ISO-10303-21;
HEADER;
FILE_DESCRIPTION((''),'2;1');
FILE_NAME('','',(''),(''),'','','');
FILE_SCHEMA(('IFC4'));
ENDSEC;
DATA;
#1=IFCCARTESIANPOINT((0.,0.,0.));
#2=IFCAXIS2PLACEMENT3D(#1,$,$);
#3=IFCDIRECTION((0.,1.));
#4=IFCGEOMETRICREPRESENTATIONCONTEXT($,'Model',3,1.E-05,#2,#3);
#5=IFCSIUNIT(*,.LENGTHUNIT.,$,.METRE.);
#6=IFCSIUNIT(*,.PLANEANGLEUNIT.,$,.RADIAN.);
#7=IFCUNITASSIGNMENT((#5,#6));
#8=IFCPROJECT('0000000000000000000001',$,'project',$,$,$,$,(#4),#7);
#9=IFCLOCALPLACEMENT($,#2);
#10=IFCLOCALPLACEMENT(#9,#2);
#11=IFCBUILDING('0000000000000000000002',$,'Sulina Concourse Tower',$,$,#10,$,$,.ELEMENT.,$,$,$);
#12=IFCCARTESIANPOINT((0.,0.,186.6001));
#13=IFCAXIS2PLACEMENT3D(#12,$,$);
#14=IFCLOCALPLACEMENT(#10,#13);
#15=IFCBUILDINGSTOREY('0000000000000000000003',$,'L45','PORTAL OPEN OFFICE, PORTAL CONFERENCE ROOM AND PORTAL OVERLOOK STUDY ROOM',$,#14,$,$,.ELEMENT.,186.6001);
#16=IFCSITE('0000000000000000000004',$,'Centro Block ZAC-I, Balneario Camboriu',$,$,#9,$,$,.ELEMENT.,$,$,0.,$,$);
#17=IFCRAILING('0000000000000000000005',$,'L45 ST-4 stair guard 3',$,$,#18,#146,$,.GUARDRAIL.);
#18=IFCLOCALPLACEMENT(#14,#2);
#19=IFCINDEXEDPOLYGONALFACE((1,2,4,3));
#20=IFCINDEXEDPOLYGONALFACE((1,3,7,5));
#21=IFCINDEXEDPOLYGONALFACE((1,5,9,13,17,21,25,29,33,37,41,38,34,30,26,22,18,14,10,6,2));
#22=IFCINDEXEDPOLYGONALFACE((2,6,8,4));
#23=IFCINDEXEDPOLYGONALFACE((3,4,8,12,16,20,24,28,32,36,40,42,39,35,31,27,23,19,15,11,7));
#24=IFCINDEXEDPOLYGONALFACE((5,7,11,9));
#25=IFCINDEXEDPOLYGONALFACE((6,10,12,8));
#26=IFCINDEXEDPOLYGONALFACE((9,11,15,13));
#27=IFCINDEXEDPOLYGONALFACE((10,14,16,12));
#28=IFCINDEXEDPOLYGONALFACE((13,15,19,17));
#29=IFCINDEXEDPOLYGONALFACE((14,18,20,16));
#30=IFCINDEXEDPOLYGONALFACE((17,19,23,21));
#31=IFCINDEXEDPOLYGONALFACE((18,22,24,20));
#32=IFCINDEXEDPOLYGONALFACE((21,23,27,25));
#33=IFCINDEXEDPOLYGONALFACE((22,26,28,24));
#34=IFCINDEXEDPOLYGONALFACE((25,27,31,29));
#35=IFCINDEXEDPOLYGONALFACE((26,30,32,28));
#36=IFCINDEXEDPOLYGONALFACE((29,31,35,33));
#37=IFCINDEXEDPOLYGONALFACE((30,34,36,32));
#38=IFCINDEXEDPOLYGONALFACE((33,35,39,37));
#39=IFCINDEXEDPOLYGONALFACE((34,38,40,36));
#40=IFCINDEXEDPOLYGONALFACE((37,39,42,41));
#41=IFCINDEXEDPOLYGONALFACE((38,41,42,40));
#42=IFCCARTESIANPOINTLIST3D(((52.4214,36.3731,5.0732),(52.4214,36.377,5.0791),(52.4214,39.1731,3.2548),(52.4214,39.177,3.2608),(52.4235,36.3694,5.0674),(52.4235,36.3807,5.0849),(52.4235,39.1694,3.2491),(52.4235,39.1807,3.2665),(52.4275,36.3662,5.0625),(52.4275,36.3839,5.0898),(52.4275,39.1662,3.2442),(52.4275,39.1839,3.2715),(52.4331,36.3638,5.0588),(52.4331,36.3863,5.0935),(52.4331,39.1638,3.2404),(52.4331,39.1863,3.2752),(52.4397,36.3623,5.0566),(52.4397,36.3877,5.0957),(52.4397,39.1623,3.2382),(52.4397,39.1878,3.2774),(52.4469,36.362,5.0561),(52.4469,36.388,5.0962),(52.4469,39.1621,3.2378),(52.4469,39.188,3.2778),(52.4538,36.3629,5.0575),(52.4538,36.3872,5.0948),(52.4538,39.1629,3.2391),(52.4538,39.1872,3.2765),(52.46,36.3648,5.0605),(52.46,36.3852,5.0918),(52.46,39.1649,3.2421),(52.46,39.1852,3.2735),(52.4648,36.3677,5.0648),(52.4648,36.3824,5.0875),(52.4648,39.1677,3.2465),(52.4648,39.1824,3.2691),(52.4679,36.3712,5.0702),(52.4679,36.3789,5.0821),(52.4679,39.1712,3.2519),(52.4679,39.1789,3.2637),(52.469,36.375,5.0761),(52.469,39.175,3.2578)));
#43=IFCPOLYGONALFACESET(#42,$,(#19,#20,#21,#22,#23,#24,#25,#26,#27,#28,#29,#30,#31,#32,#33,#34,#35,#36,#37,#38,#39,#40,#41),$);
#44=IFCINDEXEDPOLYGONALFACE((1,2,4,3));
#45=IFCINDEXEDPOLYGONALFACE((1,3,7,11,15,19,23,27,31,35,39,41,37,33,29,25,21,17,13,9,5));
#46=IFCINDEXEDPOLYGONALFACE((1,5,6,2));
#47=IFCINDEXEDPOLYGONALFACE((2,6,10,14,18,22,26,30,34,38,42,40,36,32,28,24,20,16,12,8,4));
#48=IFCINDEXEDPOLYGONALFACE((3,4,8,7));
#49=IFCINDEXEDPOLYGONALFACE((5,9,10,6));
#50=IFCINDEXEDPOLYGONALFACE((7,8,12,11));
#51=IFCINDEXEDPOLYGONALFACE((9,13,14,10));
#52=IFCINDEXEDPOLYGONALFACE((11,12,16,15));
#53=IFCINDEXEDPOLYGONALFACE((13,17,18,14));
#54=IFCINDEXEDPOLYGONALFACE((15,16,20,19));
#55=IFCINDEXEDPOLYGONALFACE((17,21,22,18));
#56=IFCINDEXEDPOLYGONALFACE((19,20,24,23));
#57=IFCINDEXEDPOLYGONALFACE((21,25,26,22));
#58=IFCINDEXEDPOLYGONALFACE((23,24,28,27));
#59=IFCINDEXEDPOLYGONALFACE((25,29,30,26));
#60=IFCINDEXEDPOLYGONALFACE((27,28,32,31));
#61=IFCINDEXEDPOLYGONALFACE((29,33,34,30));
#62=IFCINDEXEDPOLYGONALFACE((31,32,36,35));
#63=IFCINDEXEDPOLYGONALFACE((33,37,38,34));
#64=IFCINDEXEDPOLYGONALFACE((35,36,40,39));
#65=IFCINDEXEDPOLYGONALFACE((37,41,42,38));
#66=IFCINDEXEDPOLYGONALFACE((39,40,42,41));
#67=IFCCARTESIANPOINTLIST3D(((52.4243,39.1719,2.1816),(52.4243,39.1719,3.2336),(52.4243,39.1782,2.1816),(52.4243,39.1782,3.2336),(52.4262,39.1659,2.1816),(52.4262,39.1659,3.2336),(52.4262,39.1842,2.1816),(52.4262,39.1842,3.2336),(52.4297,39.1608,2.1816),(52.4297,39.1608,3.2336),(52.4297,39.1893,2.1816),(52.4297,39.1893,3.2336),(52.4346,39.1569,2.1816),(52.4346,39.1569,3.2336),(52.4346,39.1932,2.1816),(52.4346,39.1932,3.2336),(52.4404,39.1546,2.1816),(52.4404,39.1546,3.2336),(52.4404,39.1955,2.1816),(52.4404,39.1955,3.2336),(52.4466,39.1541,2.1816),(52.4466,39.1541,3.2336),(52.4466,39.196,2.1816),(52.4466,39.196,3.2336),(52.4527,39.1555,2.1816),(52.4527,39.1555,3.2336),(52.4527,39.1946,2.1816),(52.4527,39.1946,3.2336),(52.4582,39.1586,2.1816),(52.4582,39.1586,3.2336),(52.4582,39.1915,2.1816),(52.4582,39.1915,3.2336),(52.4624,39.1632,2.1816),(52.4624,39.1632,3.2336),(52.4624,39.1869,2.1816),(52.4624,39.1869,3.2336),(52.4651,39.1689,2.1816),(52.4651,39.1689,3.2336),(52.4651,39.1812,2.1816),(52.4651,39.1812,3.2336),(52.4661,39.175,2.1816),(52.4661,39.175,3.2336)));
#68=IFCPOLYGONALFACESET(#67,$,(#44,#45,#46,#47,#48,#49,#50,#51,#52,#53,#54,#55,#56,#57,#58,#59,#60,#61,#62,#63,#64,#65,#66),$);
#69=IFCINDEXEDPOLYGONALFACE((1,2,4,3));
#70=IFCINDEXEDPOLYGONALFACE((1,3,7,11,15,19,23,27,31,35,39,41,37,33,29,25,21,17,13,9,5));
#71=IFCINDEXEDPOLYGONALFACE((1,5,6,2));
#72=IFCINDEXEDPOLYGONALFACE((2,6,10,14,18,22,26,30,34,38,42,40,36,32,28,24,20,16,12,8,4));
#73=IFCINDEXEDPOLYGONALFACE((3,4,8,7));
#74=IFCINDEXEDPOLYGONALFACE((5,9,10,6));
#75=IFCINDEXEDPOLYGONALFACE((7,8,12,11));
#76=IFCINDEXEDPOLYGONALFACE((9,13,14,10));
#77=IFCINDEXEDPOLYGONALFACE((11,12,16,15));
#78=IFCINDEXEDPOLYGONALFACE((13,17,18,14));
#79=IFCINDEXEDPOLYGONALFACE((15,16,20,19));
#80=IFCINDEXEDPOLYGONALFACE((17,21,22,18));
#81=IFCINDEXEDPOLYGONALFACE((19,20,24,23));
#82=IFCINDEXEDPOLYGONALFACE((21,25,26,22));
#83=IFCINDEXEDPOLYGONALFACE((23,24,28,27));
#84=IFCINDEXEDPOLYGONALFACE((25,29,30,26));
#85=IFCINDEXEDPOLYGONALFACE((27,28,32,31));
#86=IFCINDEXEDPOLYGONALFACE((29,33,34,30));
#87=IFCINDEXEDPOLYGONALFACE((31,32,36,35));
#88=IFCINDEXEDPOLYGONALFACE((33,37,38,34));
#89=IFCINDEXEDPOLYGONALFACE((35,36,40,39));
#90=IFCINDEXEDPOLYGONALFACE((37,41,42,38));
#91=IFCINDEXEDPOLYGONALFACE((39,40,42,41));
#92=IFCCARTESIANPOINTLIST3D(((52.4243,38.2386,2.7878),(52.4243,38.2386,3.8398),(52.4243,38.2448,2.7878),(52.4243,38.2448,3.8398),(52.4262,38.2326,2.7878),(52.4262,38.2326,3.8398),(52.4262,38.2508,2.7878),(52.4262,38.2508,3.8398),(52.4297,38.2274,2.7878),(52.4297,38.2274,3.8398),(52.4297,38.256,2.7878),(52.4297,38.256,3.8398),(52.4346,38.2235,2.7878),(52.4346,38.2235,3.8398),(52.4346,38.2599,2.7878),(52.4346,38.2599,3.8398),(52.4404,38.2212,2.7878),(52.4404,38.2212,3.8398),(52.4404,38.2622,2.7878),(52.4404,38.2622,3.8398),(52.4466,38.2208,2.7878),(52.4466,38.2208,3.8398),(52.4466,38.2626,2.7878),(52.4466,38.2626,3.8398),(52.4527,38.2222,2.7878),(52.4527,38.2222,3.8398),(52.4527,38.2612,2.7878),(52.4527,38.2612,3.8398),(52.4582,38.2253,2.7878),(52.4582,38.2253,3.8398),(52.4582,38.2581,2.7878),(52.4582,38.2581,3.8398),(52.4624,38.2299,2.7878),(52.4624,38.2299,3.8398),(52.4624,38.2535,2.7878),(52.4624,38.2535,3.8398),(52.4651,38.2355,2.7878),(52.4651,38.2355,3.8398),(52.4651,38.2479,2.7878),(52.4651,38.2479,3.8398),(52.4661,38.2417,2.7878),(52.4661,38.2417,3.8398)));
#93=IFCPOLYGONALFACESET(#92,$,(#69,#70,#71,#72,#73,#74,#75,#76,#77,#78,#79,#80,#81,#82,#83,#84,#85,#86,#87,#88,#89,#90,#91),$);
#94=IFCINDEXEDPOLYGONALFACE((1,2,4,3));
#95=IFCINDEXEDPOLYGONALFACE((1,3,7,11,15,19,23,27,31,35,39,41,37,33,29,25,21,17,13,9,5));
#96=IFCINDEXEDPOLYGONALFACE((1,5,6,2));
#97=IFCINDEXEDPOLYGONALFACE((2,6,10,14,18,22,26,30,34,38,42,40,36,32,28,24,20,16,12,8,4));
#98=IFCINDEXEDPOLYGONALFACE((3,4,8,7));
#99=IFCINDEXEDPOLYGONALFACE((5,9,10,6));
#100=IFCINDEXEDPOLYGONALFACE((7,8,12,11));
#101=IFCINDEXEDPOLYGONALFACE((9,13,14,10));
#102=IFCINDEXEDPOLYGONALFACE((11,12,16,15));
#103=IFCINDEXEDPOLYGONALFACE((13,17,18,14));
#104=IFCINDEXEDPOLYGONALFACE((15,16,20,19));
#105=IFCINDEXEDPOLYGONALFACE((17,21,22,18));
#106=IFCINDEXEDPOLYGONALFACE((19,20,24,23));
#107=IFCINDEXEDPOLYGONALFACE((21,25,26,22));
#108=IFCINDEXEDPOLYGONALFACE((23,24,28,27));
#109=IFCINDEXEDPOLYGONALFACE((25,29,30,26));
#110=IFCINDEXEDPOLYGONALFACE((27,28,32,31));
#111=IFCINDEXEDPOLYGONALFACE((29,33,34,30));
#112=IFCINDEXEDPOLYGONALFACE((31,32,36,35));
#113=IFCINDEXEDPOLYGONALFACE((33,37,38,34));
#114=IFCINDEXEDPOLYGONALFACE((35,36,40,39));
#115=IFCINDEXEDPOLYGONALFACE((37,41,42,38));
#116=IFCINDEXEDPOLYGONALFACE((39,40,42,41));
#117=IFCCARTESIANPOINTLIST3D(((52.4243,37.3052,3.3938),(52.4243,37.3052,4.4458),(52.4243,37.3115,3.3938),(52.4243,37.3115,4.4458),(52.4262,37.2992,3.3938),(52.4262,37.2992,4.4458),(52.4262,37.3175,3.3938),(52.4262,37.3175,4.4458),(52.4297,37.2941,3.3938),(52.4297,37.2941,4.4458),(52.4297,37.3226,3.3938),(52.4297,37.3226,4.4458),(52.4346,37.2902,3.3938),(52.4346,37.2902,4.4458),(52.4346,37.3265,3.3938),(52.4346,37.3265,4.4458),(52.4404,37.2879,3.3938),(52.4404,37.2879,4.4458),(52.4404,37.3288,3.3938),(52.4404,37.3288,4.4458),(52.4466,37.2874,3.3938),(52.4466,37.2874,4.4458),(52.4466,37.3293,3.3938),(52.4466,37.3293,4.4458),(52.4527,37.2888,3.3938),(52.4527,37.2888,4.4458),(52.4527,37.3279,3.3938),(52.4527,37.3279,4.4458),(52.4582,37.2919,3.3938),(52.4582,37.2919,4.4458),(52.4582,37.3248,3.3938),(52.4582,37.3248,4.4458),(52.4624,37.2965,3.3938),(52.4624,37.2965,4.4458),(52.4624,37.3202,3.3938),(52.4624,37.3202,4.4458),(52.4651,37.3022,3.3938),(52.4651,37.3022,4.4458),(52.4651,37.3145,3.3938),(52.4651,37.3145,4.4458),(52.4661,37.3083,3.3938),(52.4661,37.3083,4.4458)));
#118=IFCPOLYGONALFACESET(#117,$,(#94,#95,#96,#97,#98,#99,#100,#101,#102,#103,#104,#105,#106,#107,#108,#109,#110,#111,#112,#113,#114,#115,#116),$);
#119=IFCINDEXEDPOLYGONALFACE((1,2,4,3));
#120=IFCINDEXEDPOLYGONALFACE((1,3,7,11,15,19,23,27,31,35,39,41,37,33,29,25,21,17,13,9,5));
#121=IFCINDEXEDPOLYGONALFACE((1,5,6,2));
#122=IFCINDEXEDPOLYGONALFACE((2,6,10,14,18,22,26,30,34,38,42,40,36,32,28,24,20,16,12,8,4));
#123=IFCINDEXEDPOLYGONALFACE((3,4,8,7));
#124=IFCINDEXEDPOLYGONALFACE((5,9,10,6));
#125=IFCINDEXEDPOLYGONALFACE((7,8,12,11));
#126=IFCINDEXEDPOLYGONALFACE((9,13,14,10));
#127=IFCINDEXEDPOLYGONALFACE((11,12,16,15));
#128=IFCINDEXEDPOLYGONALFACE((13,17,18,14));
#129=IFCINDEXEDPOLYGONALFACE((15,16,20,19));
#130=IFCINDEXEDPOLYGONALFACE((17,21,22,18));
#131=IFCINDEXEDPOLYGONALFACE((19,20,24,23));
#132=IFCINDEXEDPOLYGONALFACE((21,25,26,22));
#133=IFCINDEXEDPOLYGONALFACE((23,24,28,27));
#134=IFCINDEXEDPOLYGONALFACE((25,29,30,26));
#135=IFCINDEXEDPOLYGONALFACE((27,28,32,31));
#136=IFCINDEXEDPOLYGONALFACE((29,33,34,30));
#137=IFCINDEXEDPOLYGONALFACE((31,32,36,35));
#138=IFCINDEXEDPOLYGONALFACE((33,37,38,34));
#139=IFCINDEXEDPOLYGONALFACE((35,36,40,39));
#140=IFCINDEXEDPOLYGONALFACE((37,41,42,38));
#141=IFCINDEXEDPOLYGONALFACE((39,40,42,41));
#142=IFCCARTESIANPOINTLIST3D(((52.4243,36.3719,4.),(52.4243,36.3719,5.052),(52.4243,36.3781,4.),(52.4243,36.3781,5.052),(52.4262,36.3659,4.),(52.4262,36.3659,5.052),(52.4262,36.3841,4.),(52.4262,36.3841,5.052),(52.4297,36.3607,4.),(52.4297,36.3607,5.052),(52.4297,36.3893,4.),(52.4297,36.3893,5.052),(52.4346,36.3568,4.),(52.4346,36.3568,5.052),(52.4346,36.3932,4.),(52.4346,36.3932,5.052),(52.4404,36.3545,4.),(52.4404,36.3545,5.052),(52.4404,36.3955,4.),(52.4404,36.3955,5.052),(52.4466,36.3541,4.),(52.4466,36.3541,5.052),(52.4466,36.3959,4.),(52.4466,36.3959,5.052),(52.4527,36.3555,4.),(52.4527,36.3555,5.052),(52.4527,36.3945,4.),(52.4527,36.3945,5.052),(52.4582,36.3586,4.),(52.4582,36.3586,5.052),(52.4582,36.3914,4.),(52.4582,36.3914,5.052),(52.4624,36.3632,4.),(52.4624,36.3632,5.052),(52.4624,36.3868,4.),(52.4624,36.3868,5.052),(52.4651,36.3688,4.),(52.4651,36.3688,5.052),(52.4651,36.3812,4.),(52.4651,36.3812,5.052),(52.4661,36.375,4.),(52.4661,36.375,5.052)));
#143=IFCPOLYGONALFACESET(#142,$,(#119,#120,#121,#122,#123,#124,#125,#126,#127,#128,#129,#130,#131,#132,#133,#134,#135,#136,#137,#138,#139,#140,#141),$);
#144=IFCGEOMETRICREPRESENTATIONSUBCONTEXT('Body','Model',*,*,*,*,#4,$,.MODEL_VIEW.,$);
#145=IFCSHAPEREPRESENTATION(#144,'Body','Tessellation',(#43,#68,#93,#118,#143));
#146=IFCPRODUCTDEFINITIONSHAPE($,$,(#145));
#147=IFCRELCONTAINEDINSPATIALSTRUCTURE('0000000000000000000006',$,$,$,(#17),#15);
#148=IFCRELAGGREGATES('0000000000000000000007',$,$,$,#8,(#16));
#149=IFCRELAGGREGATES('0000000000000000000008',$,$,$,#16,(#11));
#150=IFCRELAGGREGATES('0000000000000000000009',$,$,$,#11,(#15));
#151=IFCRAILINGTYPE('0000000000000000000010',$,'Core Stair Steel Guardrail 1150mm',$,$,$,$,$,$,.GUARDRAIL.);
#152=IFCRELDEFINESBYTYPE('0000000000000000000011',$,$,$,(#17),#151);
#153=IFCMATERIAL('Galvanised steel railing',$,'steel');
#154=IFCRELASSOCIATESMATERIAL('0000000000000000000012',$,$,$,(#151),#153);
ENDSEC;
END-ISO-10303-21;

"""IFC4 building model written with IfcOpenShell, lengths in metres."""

from ifc_helpers import new_model, si_unit, direction, frame, origin, origin_2d, place, context, subcontext, project, spatial, circle, extrude, material, type_object, element, save


model = new_model("IFC4")

# Units and contexts
model_context = context("Model", 3, precision=1e-05, world=origin(), true_north=direction((0.0, 1.0)))
body_context = subcontext(model_context, "Body", "Model", "MODEL_VIEW")
ifc_project = project(units=[si_unit("LENGTHUNIT", "METRE"), si_unit("PLANEANGLEUNIT", "RADIAN")], contexts=[model_context])

# Site, building, storey
site_placement = place(None, origin())
site = spatial("IfcSite", under=ifc_project, at=site_placement, Name="Centro Block ZAC-I, Balneario Camboriu", CompositionType="ELEMENT", RefElevation=0.0)
building_placement = place(site_placement, origin())
building = spatial("IfcBuilding", under=site, at=building_placement, Name="Sulina Concourse Tower", CompositionType="ELEMENT")
storey_placement = place(building_placement, frame((0.0, 0.0, 186.6001)))
storey = spatial("IfcBuildingStorey", under=building, at=storey_placement, Name="L45", Description="PORTAL OPEN OFFICE, PORTAL CONFERENCE ROOM AND PORTAL OVERLOOK STUDY ROOM", CompositionType="ELEMENT", Elevation=186.6001)

# Railing
ifc_material_1 = material(Name="Galvanised steel railing", Category="steel")
railing_type_1 = type_object("IfcRailingType", Name="Core Stair Steel Guardrail 1150mm", PredefinedType="GUARDRAIL", material=ifc_material_1)
railing_1_placement = place(storey_placement, frame((52.4451, 39.175, 2.1816)))
element("IfcRailing", 1, at=railing_1_placement, inside=storey, type_object=railing_type_1, Name="L45 ST-4 stair guard 3", PredefinedType="GUARDRAIL", context=body_context, shape_type="SweptSolid", body=[
    extrude(circle(Radius=0.0239, at=origin_2d()), frame((0.0, 0.0, 1.0762), z_axis=(0.0, -0.838672, 0.544636), x_axis=(1.0, 0.0, 0.0)), (0.0, 0.0, 1.0), 3.3386),
    extrude(circle(Radius=0.021, at=origin_2d()), origin(), (0.0, 0.0, 1.0), 1.052),
    extrude(circle(Radius=0.021, at=origin_2d()), frame((0.0, -0.9333, 0.6062)), (0.0, 0.0, 1.0), 1.052),
    extrude(circle(Radius=0.021, at=origin_2d()), frame((0.0, -1.8667, 1.2122)), (0.0, 0.0, 1.0), 1.052),
    extrude(circle(Radius=0.021, at=origin_2d()), frame((0.0, -2.8, 1.8184)), (0.0, 0.0, 1.0), 1.052),
])

save(model, "model.ifc")
